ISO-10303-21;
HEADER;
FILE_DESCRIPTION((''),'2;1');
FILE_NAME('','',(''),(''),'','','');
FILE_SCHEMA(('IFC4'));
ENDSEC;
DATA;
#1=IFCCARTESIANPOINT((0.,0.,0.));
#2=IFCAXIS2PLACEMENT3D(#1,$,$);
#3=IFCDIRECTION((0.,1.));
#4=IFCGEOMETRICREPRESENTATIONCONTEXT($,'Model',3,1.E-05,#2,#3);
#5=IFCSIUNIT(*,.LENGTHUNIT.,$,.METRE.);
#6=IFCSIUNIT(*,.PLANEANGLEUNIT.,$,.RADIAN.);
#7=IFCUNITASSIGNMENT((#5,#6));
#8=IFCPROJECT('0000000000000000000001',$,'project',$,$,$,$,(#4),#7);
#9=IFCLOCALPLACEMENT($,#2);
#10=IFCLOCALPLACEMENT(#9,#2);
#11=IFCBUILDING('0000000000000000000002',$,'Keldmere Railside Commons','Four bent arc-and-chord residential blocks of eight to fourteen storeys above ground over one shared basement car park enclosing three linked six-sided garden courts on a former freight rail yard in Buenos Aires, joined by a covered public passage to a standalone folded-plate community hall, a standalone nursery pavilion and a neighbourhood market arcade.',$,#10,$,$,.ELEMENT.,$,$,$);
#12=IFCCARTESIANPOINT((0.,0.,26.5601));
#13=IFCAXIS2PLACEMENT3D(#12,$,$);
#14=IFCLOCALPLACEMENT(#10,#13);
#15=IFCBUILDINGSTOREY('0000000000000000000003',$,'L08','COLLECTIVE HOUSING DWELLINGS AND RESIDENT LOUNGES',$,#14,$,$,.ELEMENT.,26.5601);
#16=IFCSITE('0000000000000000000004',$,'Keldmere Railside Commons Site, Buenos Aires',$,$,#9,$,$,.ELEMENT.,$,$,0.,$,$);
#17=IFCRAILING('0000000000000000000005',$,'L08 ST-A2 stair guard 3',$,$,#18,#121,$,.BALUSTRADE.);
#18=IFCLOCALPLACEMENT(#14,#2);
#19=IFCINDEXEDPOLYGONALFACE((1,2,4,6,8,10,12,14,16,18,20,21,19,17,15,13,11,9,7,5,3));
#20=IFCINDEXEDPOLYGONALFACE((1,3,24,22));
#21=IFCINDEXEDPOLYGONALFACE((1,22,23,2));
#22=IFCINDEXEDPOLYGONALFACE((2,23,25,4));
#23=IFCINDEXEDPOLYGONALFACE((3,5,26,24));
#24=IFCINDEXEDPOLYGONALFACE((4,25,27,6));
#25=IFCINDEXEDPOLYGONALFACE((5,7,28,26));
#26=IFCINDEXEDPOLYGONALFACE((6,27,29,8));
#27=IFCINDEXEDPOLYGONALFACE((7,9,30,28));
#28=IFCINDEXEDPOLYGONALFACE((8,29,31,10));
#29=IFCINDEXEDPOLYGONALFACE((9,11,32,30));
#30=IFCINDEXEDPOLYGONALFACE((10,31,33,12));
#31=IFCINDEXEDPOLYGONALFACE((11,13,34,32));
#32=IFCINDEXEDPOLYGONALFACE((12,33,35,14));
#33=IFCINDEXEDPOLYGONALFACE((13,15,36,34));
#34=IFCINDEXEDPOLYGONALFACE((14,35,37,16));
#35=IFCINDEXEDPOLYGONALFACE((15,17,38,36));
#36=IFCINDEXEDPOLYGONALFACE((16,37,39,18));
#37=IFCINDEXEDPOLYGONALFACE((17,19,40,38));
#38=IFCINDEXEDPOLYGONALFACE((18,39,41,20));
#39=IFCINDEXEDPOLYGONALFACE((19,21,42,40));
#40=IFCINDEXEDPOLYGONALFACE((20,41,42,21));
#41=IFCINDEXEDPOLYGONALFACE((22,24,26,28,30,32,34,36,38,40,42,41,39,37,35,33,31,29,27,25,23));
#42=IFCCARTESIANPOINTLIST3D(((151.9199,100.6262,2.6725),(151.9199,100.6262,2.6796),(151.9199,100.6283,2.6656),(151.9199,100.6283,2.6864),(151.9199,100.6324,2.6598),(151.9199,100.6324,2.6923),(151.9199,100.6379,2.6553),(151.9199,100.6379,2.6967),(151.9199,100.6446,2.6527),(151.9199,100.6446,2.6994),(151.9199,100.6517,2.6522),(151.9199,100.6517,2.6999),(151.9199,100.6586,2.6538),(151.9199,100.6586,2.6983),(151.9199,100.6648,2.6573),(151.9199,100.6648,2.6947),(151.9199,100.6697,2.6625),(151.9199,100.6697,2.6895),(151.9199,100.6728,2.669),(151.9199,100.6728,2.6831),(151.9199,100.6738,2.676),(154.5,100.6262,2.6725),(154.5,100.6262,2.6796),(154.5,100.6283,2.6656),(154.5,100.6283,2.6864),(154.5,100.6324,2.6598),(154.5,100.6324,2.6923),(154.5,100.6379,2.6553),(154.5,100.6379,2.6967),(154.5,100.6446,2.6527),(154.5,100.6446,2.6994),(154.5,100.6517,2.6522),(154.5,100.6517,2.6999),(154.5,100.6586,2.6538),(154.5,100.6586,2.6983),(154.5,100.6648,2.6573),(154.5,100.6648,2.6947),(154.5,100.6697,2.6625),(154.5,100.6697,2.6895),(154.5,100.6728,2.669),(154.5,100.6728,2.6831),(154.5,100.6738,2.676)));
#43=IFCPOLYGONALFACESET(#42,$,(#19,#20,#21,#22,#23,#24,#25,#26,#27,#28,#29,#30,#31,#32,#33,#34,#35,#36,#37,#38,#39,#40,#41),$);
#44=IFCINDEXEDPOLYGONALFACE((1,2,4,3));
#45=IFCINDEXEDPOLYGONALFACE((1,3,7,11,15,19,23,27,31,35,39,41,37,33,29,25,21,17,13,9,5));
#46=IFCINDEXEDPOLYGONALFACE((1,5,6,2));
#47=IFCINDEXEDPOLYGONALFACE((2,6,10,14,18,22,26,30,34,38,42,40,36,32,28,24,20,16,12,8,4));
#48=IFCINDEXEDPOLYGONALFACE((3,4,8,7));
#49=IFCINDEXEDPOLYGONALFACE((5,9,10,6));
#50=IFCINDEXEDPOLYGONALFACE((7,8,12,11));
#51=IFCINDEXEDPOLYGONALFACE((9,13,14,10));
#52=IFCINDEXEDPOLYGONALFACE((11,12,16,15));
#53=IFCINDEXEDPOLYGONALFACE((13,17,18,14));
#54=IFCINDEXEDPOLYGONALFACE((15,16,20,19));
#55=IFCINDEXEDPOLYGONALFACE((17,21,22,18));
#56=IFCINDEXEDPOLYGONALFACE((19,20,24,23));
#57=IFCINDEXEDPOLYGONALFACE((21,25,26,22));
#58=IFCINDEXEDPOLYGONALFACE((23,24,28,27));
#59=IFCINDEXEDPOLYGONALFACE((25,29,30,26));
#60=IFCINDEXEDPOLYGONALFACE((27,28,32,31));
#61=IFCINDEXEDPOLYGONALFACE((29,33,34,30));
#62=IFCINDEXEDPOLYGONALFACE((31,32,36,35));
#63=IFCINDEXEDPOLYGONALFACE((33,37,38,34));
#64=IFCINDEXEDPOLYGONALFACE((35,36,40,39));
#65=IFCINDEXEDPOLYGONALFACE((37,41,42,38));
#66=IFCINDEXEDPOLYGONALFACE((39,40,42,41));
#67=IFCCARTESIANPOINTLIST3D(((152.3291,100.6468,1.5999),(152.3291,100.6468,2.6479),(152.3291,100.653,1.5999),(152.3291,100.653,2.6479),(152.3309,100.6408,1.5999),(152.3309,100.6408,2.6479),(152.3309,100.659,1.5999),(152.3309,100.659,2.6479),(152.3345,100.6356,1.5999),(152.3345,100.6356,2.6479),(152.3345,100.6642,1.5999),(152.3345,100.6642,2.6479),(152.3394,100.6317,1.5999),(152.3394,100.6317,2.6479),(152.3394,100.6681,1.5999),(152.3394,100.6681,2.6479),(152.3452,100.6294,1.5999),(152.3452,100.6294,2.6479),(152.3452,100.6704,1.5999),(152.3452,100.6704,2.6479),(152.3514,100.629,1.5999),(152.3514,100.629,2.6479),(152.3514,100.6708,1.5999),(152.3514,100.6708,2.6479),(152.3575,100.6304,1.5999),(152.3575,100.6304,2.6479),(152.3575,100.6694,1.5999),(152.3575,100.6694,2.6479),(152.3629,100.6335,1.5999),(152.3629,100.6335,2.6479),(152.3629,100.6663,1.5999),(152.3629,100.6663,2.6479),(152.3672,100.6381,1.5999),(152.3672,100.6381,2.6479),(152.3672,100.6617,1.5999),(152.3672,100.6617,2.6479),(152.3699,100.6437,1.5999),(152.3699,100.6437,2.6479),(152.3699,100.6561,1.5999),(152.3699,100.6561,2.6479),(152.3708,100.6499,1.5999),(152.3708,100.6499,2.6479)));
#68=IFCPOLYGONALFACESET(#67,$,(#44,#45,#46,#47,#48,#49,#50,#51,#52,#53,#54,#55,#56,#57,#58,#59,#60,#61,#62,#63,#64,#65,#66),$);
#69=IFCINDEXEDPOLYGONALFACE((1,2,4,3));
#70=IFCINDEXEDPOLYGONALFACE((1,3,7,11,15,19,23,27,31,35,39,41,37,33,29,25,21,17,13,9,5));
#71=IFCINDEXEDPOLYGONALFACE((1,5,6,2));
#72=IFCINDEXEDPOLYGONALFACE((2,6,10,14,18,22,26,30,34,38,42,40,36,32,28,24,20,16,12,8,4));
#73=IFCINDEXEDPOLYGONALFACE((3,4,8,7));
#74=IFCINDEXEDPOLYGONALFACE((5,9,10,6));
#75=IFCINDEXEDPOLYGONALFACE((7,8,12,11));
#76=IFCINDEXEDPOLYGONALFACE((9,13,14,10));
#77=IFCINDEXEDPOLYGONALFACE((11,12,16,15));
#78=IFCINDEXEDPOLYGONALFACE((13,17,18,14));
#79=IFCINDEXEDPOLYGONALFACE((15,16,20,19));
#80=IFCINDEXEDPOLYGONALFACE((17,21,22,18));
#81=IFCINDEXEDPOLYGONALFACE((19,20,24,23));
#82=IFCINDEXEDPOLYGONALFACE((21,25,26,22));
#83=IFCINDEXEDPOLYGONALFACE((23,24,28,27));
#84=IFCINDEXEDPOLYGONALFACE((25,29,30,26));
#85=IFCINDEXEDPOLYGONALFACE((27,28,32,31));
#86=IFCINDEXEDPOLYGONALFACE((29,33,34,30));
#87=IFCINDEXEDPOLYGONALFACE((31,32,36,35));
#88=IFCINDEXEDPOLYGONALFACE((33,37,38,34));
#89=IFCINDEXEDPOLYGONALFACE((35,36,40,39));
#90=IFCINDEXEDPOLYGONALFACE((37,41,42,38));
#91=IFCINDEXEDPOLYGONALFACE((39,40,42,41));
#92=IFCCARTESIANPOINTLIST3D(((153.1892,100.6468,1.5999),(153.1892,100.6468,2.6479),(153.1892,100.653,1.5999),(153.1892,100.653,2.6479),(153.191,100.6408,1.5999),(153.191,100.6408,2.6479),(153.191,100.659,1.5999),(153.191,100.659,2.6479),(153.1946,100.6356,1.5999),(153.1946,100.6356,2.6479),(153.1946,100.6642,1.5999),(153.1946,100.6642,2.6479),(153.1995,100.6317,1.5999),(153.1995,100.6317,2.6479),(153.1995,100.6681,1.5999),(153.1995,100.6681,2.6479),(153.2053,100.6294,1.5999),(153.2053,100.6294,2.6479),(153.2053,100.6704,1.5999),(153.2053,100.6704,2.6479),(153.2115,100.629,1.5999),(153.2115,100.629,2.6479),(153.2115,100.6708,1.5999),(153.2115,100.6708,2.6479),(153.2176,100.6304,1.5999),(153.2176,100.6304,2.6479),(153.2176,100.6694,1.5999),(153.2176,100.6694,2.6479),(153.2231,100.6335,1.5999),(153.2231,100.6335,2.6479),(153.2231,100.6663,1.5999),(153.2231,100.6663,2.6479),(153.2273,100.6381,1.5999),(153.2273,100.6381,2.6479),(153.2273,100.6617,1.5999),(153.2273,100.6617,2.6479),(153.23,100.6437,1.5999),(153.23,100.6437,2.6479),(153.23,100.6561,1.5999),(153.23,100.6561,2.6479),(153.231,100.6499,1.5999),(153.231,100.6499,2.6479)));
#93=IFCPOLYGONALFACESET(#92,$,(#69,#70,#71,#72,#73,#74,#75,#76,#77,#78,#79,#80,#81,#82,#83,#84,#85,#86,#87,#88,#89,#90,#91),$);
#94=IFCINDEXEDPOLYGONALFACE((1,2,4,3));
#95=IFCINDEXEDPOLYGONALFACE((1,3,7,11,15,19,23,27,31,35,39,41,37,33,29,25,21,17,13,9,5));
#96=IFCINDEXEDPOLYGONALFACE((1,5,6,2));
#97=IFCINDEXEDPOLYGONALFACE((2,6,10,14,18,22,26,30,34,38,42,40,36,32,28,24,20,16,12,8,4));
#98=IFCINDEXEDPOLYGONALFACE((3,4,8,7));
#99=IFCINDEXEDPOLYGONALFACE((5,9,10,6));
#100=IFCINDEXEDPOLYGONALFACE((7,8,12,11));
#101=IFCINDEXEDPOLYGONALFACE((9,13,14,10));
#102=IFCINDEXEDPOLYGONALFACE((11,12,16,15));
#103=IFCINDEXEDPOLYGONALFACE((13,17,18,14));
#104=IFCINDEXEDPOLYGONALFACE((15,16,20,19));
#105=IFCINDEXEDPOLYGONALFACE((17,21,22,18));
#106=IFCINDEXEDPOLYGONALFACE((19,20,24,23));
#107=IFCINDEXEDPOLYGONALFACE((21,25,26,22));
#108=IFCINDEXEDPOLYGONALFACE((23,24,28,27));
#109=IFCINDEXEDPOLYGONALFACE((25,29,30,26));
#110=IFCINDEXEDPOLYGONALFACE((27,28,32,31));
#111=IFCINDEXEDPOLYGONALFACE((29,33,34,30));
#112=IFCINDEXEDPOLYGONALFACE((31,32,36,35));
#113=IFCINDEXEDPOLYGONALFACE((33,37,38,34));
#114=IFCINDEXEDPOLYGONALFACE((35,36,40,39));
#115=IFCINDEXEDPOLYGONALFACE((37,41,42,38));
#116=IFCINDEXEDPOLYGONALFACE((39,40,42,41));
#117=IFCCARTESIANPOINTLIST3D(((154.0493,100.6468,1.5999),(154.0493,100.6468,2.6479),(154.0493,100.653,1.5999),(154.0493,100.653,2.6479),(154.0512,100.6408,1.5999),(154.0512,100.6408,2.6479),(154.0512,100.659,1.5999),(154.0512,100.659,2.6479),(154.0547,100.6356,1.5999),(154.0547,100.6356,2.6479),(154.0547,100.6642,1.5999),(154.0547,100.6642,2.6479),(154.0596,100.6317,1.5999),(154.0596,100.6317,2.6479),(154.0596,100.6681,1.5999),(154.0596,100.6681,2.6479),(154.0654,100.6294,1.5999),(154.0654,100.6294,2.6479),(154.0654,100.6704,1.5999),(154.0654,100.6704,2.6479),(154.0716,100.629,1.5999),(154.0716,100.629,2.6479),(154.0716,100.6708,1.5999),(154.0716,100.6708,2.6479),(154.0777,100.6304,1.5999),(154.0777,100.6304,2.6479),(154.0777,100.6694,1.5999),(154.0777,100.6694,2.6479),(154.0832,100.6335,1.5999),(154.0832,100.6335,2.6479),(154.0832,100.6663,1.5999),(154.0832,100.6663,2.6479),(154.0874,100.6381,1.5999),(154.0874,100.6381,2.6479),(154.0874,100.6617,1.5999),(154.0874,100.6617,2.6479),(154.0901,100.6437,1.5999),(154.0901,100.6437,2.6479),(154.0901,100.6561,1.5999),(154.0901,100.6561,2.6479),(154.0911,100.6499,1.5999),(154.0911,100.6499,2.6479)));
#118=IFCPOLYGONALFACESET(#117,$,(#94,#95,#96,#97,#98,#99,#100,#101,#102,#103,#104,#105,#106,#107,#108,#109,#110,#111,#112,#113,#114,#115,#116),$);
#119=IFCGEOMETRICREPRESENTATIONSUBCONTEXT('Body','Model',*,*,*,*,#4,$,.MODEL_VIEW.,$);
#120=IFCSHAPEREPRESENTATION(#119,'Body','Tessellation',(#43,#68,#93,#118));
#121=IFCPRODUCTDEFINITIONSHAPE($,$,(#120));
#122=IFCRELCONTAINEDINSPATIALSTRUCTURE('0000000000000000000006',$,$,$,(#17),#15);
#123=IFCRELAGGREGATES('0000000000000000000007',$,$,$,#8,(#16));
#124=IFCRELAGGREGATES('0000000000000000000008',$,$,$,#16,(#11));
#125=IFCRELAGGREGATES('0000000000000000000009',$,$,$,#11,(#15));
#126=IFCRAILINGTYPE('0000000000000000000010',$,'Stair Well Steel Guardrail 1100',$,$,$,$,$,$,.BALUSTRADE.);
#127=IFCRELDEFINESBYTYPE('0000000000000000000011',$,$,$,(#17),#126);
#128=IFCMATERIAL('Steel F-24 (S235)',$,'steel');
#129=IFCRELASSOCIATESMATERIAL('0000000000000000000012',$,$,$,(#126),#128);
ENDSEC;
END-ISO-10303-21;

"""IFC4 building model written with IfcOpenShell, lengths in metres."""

from ifc_helpers import new_model, si_unit, direction, frame, origin, origin_2d, place, context, subcontext, project, spatial, circle, extrude, material, type_object, element, save


model = new_model("IFC4")

# Units and contexts
model_context = context("Model", 3, precision=1e-05, world=origin(), true_north=direction((0.0, 1.0)))
body_context = subcontext(model_context, "Body", "Model", "MODEL_VIEW")
ifc_project = project(units=[si_unit("LENGTHUNIT", "METRE"), si_unit("PLANEANGLEUNIT", "RADIAN")], contexts=[model_context])

# Site, building, storey
site_placement = place(None, origin())
site = spatial("IfcSite", under=ifc_project, at=site_placement, Name="Keldmere Railside Commons Site, Buenos Aires", CompositionType="ELEMENT", RefElevation=0.0)
building_placement = place(site_placement, origin())
building = spatial("IfcBuilding", under=site, at=building_placement, Name="Keldmere Railside Commons", Description="Four bent arc-and-chord residential blocks of eight to fourteen storeys above ground over one shared basement car park enclosing three linked six-sided garden courts on a former freight rail yard in Buenos Aires, joined by a covered public passage to a standalone folded-plate community hall, a standalone nursery pavilion and a neighbourhood market arcade.", CompositionType="ELEMENT")
storey_placement = place(building_placement, frame((0.0, 0.0, 26.5601)))
storey = spatial("IfcBuildingStorey", under=building, at=storey_placement, Name="L08", Description="COLLECTIVE HOUSING DWELLINGS AND RESIDENT LOUNGES", CompositionType="ELEMENT", Elevation=26.5601)

# Railing
ifc_material_1 = material(Name="Steel F-24 (S235)", Category="steel")
railing_type_1 = type_object("IfcRailingType", Name="Stair Well Steel Guardrail 1100", PredefinedType="BALUSTRADE", material=ifc_material_1)
railing_1_placement = place(storey_placement, frame((151.9199, 100.6499, 1.5999)))
element("IfcRailing", 1, at=railing_1_placement, inside=storey, type_object=railing_type_1, Name="L08 ST-A2 stair guard 3", PredefinedType="BALUSTRADE", context=body_context, shape_type="SweptSolid", body=[
    extrude(circle(Radius=0.0239, at=origin_2d()), frame((0.0, 0.0, 1.0762), z_axis=(1.0, 0.0, 0.0), x_axis=(0.0, 1.0, 0.0)), (0.0, 0.0, 1.0), 2.5801),
    extrude(circle(Radius=0.021, at=origin_2d()), frame((0.4299, 0.0, 0.0)), (0.0, 0.0, 1.0), 1.0481),
    extrude(circle(Radius=0.021, at=origin_2d()), frame((1.29, 0.0, 0.0)), (0.0, 0.0, 1.0), 1.0481),
    extrude(circle(Radius=0.021, at=origin_2d()), frame((2.1501, 0.0, 0.0)), (0.0, 0.0, 1.0), 1.0481),
])

save(model, "model.ifc")
